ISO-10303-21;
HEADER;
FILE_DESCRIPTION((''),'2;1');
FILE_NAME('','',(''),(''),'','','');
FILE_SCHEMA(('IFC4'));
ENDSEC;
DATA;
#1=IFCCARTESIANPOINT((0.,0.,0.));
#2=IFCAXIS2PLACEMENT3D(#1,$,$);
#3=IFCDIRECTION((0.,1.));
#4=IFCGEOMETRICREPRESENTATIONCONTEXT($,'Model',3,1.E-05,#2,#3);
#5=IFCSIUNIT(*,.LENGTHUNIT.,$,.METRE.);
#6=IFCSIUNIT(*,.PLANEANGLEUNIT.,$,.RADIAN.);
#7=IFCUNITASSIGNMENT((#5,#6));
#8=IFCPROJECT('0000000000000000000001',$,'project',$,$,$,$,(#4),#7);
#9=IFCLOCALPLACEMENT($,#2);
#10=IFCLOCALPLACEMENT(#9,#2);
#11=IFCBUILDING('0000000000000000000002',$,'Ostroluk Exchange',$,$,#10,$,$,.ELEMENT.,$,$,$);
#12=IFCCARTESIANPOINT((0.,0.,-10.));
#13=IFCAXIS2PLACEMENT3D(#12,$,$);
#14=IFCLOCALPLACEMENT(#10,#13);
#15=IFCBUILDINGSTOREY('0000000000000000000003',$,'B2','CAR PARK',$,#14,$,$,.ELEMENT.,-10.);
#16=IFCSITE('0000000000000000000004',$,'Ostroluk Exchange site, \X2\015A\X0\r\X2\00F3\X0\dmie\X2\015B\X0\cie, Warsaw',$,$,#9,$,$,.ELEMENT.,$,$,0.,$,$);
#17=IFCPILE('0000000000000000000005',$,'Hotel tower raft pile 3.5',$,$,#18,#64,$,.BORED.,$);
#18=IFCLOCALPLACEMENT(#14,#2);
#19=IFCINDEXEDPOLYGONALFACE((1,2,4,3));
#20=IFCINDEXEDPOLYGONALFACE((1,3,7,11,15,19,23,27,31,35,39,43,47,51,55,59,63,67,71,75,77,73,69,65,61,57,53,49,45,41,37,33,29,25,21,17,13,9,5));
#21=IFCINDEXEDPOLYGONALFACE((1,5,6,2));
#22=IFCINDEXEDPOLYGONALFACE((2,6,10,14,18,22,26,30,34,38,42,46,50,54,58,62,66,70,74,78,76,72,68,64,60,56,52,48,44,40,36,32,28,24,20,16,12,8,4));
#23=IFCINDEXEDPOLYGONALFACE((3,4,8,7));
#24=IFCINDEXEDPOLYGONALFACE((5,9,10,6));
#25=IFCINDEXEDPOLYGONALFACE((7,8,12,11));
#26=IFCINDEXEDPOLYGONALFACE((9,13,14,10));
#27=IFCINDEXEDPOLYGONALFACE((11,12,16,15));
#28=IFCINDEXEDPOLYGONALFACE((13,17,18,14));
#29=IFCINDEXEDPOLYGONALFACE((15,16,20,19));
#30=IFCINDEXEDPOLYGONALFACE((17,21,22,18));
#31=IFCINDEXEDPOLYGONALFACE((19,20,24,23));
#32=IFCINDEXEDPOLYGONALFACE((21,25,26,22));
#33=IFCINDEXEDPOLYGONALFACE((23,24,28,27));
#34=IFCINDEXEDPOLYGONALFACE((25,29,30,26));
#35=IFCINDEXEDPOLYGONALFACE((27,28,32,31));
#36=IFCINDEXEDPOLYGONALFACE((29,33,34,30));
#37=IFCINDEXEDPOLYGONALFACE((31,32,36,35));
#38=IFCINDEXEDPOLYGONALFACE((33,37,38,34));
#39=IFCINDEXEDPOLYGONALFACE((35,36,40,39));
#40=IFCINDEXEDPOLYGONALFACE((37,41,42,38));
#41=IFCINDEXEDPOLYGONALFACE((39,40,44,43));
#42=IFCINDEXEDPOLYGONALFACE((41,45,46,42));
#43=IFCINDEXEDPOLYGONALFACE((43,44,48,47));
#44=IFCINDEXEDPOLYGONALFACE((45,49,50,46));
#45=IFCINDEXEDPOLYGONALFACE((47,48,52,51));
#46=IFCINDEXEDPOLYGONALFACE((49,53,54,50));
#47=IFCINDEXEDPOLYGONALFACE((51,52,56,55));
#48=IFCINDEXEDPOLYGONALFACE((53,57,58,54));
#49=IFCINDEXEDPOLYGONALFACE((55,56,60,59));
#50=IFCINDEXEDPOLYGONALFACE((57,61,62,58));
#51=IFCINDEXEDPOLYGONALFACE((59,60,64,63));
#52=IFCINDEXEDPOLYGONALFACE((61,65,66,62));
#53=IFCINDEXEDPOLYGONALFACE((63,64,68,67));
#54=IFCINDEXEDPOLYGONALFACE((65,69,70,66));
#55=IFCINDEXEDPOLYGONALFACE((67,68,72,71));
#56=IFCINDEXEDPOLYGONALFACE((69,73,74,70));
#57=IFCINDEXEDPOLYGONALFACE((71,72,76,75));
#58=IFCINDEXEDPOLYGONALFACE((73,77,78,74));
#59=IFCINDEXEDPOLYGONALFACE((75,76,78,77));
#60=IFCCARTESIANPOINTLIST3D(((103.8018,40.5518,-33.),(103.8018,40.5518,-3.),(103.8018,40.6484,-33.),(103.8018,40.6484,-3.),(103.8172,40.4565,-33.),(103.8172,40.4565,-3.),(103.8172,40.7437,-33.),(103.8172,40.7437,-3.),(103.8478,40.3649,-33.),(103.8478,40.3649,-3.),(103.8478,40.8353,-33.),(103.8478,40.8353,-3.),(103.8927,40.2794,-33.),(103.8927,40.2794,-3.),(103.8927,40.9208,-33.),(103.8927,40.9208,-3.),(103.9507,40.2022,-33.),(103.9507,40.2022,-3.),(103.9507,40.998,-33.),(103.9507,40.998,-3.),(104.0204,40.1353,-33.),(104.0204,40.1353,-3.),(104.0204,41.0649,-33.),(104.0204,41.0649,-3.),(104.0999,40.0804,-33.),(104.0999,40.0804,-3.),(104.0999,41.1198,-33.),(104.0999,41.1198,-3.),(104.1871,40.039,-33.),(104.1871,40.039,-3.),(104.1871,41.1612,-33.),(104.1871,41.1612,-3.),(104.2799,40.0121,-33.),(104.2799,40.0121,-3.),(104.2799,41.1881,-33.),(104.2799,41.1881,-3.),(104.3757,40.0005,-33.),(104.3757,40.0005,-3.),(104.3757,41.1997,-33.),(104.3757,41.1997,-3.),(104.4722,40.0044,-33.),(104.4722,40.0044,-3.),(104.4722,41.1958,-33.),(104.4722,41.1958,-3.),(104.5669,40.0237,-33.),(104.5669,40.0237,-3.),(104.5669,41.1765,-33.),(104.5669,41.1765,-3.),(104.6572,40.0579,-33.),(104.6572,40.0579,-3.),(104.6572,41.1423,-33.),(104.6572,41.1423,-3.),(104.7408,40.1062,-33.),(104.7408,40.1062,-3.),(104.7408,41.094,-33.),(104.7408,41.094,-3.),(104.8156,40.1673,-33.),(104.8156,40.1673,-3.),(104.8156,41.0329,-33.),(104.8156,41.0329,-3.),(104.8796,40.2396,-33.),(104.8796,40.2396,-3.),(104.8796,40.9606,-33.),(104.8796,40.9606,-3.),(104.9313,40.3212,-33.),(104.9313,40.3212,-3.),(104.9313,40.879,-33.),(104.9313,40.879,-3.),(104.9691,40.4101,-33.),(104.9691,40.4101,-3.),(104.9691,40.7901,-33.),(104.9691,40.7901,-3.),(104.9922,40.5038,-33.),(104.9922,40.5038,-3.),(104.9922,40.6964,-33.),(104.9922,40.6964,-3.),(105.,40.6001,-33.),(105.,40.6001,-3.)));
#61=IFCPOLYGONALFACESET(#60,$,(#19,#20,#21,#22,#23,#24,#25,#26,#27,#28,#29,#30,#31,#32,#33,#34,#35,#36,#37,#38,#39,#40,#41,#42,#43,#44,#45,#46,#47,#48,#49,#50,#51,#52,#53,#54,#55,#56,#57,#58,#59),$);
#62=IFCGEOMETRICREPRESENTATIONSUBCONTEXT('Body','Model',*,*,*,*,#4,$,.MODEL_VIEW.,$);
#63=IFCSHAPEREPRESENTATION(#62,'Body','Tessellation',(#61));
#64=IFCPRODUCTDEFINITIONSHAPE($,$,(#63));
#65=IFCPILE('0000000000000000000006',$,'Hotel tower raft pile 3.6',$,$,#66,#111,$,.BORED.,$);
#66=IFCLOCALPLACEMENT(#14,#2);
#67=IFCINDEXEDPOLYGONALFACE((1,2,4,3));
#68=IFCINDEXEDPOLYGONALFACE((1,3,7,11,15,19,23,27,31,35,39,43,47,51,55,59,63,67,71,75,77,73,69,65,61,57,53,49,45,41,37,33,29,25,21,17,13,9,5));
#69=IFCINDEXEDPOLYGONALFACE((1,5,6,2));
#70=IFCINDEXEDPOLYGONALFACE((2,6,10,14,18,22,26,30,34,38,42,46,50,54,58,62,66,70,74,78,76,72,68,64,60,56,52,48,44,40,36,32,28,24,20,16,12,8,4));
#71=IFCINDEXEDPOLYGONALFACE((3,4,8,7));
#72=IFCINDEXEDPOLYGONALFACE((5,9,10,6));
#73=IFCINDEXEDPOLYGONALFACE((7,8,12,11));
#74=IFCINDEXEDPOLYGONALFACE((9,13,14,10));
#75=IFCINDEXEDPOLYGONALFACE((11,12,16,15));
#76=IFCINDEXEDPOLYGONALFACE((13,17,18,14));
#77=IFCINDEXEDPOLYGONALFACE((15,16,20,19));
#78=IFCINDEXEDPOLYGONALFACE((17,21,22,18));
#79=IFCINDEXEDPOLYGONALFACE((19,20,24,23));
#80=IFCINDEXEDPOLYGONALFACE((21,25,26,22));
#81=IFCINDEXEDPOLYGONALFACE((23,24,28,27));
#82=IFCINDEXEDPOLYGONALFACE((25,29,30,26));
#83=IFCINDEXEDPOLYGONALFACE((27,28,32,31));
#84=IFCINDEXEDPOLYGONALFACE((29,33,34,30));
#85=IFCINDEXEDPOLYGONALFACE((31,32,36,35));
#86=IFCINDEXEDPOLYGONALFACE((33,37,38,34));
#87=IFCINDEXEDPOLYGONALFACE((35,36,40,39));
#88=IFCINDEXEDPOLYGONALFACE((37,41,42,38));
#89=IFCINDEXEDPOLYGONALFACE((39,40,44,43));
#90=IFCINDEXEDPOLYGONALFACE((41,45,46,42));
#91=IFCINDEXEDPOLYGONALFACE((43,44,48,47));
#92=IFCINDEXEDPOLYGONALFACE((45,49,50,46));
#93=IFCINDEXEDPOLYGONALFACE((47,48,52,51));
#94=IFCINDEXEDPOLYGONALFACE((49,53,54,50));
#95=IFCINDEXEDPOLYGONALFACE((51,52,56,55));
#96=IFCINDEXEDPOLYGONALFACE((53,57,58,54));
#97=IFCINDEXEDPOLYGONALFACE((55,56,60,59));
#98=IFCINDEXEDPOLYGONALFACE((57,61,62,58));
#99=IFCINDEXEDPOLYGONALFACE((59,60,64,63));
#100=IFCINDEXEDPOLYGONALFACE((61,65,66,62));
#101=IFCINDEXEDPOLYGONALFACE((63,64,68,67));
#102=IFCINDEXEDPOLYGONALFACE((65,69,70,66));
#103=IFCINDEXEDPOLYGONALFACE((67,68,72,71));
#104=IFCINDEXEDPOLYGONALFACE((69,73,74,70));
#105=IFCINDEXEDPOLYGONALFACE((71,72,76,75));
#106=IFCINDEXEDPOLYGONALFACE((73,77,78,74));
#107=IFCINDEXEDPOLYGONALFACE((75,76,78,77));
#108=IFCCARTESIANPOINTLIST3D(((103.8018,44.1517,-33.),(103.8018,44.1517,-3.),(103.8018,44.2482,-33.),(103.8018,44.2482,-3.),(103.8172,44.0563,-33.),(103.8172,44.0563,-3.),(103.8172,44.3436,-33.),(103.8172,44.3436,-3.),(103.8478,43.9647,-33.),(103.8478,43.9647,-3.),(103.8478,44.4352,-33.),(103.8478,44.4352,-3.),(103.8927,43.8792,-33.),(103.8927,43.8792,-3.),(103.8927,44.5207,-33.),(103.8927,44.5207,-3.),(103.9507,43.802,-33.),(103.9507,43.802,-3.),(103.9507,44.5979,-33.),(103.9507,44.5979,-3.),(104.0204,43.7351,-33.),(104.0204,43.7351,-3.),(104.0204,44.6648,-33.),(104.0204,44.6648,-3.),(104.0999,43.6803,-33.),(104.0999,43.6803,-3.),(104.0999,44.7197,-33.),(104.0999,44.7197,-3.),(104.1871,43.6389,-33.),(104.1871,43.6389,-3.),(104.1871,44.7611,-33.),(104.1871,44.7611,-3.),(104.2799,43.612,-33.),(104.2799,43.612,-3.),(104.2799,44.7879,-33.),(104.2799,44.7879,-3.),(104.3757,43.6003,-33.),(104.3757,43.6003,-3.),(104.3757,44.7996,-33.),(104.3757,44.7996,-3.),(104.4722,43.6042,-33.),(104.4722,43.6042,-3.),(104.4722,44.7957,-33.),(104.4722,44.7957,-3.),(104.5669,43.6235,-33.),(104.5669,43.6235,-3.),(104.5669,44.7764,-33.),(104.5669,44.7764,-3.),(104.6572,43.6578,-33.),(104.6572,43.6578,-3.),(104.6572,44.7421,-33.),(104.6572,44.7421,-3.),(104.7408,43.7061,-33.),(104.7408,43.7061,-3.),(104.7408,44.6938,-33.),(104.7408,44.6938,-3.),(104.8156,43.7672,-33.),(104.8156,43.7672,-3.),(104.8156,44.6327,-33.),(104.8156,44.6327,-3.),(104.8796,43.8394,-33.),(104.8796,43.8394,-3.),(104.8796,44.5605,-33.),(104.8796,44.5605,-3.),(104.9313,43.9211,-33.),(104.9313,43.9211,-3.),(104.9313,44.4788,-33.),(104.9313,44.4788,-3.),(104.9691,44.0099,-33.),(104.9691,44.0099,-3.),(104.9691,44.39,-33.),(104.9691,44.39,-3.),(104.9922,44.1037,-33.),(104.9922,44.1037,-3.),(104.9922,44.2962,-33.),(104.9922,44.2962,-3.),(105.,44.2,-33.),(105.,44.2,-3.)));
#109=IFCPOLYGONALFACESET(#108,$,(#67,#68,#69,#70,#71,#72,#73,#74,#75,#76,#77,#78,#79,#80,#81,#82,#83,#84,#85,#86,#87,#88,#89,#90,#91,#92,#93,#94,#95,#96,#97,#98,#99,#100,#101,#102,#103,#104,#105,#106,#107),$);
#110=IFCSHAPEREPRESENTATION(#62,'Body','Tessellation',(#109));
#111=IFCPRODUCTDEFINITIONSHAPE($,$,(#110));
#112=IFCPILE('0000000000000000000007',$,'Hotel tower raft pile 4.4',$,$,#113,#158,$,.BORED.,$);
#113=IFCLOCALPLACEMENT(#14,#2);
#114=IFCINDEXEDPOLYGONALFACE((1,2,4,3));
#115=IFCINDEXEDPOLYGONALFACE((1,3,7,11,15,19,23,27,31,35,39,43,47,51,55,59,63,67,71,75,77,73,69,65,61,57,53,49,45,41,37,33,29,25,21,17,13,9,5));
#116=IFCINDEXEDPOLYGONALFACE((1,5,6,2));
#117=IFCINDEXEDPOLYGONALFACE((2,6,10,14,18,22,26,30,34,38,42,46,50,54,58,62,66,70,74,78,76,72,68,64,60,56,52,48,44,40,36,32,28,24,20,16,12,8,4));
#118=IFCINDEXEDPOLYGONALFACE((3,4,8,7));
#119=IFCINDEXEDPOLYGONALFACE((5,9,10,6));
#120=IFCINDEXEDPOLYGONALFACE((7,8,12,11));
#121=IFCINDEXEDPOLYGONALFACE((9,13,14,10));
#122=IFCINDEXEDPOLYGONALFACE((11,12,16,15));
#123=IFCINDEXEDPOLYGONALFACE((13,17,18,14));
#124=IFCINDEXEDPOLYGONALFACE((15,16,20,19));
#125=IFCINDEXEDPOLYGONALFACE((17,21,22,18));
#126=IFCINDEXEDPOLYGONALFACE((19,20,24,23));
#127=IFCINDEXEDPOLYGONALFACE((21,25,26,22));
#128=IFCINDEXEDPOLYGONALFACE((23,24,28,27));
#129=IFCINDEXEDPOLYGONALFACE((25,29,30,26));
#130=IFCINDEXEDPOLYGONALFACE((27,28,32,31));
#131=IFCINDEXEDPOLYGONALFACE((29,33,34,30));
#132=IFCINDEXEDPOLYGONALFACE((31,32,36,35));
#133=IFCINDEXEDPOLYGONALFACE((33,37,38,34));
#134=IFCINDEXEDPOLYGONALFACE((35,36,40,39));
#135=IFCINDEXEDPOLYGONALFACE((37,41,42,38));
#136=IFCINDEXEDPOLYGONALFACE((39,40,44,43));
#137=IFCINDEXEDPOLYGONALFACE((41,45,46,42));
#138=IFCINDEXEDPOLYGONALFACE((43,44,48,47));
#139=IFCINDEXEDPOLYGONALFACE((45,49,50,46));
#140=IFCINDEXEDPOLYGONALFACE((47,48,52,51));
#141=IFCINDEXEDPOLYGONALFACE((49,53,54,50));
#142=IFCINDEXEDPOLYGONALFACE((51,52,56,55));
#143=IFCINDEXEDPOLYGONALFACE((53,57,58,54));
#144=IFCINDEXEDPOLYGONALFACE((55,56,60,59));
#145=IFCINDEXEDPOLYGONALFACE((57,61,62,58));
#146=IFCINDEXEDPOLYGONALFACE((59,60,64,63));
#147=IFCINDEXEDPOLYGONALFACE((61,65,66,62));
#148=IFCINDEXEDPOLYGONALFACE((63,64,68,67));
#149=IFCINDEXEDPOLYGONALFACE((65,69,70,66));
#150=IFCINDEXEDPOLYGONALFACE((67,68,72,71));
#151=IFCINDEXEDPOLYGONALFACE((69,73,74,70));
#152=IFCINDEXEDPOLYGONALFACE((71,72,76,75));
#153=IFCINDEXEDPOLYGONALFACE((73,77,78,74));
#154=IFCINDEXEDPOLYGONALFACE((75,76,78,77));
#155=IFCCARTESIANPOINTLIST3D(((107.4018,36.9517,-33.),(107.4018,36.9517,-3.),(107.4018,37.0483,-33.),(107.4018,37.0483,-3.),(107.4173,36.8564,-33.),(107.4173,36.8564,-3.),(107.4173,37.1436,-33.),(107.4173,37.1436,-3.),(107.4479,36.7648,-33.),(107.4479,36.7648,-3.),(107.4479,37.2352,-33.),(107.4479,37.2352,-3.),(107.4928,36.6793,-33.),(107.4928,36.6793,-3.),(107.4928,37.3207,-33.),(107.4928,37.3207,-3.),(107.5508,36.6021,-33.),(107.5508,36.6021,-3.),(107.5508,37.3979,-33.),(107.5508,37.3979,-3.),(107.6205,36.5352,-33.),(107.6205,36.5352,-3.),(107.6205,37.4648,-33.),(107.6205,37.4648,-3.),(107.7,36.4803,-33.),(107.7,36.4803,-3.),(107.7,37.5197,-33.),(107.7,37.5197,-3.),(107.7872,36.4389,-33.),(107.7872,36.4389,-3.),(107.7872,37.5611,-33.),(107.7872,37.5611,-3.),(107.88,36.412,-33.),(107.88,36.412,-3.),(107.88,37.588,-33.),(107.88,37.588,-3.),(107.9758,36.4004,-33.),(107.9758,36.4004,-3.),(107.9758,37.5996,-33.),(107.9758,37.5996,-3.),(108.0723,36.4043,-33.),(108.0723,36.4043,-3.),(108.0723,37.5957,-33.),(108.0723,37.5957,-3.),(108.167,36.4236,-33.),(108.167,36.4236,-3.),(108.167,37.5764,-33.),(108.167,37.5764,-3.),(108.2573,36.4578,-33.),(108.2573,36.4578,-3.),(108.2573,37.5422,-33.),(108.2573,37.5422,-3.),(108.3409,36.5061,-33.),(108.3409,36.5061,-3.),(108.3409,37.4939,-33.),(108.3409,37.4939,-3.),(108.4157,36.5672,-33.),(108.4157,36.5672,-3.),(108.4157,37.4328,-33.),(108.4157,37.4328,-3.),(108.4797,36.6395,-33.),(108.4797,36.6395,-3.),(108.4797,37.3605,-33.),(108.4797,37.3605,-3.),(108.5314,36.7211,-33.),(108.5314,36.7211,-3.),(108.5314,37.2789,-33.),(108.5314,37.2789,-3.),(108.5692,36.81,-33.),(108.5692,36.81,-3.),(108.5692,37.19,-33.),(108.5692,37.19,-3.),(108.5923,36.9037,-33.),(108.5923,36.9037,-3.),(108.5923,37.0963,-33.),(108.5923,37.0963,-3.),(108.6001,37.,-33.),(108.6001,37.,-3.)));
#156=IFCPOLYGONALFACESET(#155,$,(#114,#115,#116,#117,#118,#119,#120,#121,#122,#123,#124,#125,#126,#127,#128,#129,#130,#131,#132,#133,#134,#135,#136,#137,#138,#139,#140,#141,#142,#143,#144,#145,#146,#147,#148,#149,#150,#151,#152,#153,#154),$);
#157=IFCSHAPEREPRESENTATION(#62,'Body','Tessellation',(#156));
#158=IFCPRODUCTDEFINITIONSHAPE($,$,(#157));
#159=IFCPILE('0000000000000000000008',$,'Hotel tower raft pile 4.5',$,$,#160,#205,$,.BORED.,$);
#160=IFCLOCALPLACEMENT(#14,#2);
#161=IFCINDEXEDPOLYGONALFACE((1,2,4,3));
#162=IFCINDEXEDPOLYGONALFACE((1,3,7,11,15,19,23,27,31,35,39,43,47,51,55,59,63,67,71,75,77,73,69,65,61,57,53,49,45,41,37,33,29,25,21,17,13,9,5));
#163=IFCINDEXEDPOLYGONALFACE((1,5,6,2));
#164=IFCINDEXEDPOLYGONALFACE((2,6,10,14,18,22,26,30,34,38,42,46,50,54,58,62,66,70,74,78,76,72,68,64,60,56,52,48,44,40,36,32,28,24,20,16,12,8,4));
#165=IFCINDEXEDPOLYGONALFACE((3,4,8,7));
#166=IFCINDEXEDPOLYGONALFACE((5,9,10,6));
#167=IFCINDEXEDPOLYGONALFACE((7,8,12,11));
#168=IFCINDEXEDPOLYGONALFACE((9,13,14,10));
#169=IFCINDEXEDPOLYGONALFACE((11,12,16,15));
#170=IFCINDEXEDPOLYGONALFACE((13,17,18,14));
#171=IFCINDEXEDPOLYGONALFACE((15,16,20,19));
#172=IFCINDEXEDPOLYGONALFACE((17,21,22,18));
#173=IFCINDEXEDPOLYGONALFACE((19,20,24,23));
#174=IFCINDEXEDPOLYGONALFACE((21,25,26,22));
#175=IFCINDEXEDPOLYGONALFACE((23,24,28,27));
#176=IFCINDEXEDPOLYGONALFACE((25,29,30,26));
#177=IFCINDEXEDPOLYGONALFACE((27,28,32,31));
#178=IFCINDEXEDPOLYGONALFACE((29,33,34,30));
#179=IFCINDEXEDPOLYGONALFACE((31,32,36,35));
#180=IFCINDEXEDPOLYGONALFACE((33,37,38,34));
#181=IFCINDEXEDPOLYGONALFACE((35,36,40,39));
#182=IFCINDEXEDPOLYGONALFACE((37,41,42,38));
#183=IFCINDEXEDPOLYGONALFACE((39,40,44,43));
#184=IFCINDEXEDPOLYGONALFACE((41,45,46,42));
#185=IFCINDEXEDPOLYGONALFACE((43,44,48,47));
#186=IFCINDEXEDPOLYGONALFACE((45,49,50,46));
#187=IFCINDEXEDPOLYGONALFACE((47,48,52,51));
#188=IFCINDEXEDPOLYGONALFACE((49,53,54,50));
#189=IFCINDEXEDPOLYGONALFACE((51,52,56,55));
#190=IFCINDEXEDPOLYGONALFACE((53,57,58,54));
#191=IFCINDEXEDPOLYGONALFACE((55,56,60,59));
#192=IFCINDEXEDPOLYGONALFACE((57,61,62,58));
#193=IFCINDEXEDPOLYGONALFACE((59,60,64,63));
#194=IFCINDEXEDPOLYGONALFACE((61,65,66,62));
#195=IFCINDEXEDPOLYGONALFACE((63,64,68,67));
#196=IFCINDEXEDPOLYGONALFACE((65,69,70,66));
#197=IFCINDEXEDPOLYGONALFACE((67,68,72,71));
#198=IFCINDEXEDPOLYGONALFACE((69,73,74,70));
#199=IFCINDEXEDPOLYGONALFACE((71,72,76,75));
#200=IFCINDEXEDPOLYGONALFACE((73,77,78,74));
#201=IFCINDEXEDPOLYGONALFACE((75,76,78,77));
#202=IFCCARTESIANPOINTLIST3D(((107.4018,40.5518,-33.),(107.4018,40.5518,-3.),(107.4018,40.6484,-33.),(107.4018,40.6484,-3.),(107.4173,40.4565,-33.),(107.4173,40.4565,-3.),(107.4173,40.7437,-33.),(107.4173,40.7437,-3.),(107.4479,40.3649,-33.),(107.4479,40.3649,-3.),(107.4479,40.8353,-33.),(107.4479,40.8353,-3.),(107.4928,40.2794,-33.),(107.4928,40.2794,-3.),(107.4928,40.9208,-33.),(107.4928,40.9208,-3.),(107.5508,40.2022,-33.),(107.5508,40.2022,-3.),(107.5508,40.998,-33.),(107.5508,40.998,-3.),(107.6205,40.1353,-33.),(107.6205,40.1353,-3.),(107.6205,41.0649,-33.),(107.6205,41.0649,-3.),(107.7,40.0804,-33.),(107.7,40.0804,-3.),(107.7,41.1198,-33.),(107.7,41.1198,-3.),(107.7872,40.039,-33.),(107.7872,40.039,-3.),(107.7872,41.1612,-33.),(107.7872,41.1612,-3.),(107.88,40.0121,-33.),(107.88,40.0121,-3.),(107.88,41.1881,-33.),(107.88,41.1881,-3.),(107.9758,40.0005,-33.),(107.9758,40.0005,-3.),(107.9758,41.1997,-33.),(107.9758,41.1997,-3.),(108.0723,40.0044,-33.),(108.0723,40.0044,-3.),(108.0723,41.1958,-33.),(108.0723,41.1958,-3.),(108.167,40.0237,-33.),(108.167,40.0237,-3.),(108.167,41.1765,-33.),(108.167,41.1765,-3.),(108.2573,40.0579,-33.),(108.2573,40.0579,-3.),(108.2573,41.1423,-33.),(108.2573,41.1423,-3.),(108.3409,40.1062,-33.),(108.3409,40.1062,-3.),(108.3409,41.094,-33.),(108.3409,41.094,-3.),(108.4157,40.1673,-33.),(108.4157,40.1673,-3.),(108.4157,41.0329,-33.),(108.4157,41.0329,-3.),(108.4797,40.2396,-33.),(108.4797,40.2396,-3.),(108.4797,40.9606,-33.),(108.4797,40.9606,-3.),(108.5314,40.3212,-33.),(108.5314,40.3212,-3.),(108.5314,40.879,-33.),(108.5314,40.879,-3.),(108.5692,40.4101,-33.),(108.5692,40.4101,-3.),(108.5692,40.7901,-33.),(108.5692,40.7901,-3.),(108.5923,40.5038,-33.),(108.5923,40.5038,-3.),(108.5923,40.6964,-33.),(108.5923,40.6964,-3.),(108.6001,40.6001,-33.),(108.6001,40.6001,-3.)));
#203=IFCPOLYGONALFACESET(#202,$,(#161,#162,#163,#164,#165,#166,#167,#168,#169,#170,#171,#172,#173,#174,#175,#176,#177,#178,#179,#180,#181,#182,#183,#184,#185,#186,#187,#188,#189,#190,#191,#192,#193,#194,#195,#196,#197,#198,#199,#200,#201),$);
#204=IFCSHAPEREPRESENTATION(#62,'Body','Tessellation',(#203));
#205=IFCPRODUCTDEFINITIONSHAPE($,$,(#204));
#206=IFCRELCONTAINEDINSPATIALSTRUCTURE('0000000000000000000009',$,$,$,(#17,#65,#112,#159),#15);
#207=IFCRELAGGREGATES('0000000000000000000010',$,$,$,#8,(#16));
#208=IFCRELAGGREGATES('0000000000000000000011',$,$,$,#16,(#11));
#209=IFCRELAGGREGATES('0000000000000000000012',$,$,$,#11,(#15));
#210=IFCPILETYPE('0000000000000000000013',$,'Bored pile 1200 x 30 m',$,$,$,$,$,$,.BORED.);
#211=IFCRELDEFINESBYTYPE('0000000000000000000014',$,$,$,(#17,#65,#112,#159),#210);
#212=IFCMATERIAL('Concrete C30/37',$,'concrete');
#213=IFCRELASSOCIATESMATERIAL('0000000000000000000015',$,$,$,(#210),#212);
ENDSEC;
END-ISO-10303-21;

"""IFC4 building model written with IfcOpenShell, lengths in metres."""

from ifc_helpers import new_model, si_unit, direction, frame, origin, origin_2d, place, context, subcontext, project, spatial, circle, extrude, material, type_object, element, save


model = new_model("IFC4")

# Units and contexts
model_context = context("Model", 3, precision=1e-05, world=origin(), true_north=direction((0.0, 1.0)))
body_context = subcontext(model_context, "Body", "Model", "MODEL_VIEW")
ifc_project = project(units=[si_unit("LENGTHUNIT", "METRE"), si_unit("PLANEANGLEUNIT", "RADIAN")], contexts=[model_context])

# Site, building, storey
site_placement = place(None, origin())
site = spatial("IfcSite", under=ifc_project, at=site_placement, Name="Ostroluk Exchange site, Śródmieście, Warsaw", CompositionType="ELEMENT", RefElevation=0.0)
building_placement = place(site_placement, origin())
building = spatial("IfcBuilding", under=site, at=building_placement, Name="Ostroluk Exchange", CompositionType="ELEMENT")
storey_placement = place(building_placement, frame((0.0, 0.0, -10.0)))
storey = spatial("IfcBuildingStorey", under=building, at=storey_placement, Name="B2", Description="CAR PARK", CompositionType="ELEMENT", Elevation=-10.0)

# Piles
ifc_material_1 = material(Name="Concrete C30/37", Category="concrete")
pile_type_1 = type_object("IfcPileType", Name="Bored pile 1200 x 30 m", PredefinedType="BORED", material=ifc_material_1)
for number, where, z_axis, x_axis, name in (
    (1, (104.3999, 40.6001, -3.0), (0.0, 0.0, -1.0), (1.0, 0.0, 0.0), "Hotel tower raft pile 3.5"),
    (2, (104.3999, 44.2, -3.0), (0.0, 0.0, -1.0), (1.0, 0.0, 0.0), "Hotel tower raft pile 3.6"),
    (3, (108.0, 37.0, -3.0), (0.0, 0.0, -1.0), (1.0, 0.0, 0.0), "Hotel tower raft pile 4.4"),
    (4, (108.0, 40.6001, -3.0), (0.0, 0.0, -1.0), (1.0, 0.0, 0.0), "Hotel tower raft pile 4.5"),
):
    element("IfcPile", number, at=place(storey_placement, frame(where, z_axis=z_axis, x_axis=x_axis)), inside=storey, type_object=pile_type_1, Name=name, PredefinedType="BORED", context=body_context, shape_type="SweptSolid", body=[
        extrude(circle(Radius=0.6001, at=origin_2d()), origin(), (0.0, 0.0, 1.0), 30.0),
    ])

save(model, "model.ifc")
